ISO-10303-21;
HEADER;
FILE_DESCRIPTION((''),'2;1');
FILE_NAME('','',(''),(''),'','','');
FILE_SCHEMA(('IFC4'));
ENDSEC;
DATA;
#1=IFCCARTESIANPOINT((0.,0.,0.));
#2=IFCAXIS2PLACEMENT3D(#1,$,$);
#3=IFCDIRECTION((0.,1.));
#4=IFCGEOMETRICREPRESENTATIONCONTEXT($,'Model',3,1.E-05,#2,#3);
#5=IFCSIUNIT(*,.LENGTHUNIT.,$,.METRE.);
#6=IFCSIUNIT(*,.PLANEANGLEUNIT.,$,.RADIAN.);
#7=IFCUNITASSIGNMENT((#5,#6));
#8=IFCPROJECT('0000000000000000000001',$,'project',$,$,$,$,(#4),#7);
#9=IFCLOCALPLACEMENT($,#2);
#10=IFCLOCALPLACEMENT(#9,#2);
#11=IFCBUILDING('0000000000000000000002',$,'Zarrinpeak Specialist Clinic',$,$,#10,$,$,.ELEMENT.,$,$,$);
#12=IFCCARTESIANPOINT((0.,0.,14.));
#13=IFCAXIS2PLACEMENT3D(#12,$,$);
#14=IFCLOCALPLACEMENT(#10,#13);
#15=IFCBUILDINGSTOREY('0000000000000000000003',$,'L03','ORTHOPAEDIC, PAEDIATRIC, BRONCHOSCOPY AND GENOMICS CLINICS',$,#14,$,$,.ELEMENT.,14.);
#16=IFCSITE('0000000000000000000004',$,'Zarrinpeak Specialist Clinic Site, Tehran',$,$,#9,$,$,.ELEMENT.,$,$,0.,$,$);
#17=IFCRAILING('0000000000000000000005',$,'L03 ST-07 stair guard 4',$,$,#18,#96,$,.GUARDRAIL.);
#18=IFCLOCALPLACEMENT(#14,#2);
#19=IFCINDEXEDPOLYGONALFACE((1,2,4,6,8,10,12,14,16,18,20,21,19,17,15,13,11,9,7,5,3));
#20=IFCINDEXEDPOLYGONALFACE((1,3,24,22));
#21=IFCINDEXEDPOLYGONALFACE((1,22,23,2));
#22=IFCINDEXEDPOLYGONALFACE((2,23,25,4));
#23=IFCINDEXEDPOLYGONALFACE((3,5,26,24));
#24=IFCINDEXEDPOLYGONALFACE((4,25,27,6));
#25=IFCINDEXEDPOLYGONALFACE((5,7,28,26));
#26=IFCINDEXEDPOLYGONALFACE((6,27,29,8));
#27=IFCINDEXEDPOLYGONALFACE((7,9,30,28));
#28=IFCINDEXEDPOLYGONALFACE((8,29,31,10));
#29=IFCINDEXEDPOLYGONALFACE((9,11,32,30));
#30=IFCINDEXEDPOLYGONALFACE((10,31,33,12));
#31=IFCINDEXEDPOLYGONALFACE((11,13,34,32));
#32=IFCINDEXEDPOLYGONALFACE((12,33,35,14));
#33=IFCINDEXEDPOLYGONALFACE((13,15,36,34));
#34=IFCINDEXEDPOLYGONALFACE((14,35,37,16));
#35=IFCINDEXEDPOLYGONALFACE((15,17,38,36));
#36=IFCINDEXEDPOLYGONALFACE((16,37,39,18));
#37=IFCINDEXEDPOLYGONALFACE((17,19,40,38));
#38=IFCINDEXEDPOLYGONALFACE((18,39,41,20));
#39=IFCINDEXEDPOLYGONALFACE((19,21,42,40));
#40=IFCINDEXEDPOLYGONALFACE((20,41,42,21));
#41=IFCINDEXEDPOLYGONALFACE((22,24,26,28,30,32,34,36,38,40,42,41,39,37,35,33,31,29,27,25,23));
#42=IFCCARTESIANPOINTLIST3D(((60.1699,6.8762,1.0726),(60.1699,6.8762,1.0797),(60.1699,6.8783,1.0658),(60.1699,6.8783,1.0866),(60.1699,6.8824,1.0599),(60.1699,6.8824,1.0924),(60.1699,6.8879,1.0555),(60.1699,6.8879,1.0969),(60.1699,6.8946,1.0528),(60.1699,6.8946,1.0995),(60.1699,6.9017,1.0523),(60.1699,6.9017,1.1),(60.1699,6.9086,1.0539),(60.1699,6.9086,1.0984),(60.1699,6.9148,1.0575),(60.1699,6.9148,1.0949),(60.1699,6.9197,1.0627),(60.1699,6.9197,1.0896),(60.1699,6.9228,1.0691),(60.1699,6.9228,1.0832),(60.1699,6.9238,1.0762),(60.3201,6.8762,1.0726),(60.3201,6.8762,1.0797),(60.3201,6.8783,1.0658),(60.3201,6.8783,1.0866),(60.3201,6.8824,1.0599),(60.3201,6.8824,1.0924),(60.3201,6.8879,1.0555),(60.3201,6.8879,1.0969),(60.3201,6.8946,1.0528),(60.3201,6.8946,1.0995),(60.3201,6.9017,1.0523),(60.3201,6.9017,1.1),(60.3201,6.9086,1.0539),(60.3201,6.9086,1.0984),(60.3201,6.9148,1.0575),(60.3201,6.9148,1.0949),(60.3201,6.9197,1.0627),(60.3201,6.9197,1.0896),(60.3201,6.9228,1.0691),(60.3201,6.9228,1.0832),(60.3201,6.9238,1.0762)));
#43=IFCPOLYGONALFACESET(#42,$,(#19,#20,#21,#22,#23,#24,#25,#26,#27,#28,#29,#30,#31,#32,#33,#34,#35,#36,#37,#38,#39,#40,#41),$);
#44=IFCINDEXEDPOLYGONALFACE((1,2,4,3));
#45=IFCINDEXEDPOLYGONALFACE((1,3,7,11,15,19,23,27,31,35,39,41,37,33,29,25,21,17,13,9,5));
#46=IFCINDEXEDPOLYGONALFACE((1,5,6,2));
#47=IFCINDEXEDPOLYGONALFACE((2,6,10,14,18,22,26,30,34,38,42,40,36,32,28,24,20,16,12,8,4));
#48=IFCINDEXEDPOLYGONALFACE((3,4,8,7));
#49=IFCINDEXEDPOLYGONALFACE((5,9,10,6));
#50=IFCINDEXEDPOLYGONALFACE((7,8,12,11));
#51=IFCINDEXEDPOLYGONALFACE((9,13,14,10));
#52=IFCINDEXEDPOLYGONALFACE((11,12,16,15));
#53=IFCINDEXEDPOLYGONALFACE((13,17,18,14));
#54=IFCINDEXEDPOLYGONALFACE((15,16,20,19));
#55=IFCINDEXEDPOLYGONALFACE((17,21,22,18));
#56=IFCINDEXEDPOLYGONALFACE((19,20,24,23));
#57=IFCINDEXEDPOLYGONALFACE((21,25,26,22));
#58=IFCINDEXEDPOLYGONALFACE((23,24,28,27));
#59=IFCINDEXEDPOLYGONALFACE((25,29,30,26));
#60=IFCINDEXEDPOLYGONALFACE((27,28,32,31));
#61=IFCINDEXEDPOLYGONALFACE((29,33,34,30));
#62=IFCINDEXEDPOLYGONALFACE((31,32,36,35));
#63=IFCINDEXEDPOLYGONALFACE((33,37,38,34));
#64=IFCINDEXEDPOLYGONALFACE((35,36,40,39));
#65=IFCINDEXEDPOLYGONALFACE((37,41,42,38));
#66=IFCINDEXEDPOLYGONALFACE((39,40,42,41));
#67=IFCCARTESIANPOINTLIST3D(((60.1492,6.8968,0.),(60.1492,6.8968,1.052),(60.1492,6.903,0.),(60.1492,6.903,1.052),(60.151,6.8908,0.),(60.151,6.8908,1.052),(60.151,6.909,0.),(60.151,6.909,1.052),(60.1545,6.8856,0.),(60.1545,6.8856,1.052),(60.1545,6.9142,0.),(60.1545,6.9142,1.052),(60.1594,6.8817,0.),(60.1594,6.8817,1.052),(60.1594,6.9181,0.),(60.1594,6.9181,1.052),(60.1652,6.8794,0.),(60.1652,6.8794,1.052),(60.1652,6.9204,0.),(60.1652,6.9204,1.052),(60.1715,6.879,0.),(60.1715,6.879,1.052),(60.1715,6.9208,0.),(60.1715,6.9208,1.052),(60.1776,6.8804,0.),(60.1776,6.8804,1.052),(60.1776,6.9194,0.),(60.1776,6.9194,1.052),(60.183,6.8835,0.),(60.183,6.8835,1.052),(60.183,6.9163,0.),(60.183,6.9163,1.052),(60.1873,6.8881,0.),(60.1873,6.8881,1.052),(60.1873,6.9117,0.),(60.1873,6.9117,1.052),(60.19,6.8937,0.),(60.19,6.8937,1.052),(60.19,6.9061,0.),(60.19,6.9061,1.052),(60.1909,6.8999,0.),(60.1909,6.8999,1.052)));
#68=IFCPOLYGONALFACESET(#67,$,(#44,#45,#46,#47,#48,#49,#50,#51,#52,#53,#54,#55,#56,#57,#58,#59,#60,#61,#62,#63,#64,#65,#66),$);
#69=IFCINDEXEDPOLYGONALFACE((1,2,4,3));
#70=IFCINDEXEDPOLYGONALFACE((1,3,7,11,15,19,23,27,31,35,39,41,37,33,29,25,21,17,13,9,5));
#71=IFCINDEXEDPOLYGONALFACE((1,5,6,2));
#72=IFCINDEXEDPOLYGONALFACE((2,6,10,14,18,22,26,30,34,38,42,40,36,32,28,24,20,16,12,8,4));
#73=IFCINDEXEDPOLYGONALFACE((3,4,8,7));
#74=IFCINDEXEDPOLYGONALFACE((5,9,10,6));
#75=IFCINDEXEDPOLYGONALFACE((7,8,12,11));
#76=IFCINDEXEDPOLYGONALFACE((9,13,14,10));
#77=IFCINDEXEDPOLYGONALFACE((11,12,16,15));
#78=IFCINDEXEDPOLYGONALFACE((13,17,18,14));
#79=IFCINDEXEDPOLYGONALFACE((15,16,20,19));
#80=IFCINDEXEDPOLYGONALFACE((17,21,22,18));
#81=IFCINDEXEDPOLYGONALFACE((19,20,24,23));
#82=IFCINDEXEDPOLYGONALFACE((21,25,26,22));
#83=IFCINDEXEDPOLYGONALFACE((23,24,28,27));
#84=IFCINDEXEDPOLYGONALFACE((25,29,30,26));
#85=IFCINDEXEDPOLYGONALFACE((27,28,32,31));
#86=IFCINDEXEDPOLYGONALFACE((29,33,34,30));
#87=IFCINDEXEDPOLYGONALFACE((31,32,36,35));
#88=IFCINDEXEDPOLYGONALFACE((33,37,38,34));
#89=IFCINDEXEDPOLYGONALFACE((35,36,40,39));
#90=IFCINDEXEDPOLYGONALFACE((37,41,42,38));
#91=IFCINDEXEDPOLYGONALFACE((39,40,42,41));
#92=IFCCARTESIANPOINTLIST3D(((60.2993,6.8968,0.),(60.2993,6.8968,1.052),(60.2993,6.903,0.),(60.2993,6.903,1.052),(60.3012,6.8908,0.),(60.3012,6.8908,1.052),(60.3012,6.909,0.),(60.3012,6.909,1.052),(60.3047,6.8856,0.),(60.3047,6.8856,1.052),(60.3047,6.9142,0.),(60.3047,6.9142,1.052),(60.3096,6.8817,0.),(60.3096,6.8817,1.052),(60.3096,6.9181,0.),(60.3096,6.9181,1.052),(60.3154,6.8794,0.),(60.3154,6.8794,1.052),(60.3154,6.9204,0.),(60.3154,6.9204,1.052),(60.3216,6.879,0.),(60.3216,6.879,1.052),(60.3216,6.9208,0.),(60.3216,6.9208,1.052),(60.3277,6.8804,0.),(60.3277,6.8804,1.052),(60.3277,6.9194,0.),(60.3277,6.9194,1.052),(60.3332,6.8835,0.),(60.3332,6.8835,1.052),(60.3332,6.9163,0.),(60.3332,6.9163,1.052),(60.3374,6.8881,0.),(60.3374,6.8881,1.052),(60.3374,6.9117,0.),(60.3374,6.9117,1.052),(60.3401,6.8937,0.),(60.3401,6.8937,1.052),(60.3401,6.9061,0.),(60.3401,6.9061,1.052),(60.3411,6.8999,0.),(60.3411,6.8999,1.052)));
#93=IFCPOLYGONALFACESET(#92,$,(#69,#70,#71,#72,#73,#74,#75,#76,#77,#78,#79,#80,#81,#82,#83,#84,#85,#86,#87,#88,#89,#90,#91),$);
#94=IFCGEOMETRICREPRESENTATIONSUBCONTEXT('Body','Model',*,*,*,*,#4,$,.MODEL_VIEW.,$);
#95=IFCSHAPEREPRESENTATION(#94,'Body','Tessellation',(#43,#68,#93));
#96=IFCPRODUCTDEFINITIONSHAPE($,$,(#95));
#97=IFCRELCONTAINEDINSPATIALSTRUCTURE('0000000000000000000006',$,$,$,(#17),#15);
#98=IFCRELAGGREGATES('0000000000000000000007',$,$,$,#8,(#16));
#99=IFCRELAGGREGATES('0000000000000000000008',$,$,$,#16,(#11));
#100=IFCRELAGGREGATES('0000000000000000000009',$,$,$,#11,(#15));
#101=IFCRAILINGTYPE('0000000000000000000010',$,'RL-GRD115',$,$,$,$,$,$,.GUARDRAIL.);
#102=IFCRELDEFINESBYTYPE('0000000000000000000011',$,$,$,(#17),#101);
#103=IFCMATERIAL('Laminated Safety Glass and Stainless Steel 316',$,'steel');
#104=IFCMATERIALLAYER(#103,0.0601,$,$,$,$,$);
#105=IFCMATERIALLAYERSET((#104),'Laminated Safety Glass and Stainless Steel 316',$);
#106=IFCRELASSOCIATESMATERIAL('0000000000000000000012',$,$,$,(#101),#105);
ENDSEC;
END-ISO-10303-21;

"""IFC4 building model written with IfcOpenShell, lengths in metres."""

from ifc_helpers import new_model, si_unit, direction, frame, origin, origin_2d, place, context, subcontext, project, spatial, circle, extrude, material, layer, layer_set, type_object, element, save


model = new_model("IFC4")

# Units and contexts
model_context = context("Model", 3, precision=1e-05, world=origin(), true_north=direction((0.0, 1.0)))
body_context = subcontext(model_context, "Body", "Model", "MODEL_VIEW")
ifc_project = project(units=[si_unit("LENGTHUNIT", "METRE"), si_unit("PLANEANGLEUNIT", "RADIAN")], contexts=[model_context])

# Site, building, storey
site_placement = place(None, origin())
site = spatial("IfcSite", under=ifc_project, at=site_placement, Name="Zarrinpeak Specialist Clinic Site, Tehran", CompositionType="ELEMENT", RefElevation=0.0)
building_placement = place(site_placement, origin())
building = spatial("IfcBuilding", under=site, at=building_placement, Name="Zarrinpeak Specialist Clinic", CompositionType="ELEMENT")
storey_placement = place(building_placement, frame((0.0, 0.0, 14.0)))
storey = spatial("IfcBuildingStorey", under=building, at=storey_placement, Name="L03", Description="ORTHOPAEDIC, PAEDIATRIC, BRONCHOSCOPY AND GENOMICS CLINICS", CompositionType="ELEMENT", Elevation=14.0)

# Railing
ifc_material_1 = material(Name="Laminated Safety Glass and Stainless Steel 316", Category="steel")
ifc_layer_1 = layer(ifc_material_1, 0.0601)
ifc_layer_set_1 = layer_set([ifc_layer_1], Name="Laminated Safety Glass and Stainless Steel 316")
railing_type = type_object("IfcRailingType", Name="RL-GRD115", PredefinedType="GUARDRAIL", material=ifc_layer_set_1)
railing_1_placement = place(storey_placement, frame((60.1699, 6.8999, 0.0)))
element("IfcRailing", 1, at=railing_1_placement, inside=storey, type_object=railing_type, Name="L03 ST-07 stair guard 4", PredefinedType="GUARDRAIL", context=body_context, shape_type="SweptSolid", body=[
    extrude(circle(Radius=0.0239, at=origin_2d()), frame((0.0, 0.0, 1.0762), z_axis=(1.0, 0.0, 0.0), x_axis=(0.0, 1.0, 0.0)), (0.0, 0.0, 1.0), 0.1501),
    extrude(circle(Radius=0.021, at=origin_2d()), origin(), (0.0, 0.0, 1.0), 1.052),
    extrude(circle(Radius=0.021, at=origin_2d()), frame((0.1501, 0.0, 0.0)), (0.0, 0.0, 1.0), 1.052),
])

save(model, "model.ifc")
